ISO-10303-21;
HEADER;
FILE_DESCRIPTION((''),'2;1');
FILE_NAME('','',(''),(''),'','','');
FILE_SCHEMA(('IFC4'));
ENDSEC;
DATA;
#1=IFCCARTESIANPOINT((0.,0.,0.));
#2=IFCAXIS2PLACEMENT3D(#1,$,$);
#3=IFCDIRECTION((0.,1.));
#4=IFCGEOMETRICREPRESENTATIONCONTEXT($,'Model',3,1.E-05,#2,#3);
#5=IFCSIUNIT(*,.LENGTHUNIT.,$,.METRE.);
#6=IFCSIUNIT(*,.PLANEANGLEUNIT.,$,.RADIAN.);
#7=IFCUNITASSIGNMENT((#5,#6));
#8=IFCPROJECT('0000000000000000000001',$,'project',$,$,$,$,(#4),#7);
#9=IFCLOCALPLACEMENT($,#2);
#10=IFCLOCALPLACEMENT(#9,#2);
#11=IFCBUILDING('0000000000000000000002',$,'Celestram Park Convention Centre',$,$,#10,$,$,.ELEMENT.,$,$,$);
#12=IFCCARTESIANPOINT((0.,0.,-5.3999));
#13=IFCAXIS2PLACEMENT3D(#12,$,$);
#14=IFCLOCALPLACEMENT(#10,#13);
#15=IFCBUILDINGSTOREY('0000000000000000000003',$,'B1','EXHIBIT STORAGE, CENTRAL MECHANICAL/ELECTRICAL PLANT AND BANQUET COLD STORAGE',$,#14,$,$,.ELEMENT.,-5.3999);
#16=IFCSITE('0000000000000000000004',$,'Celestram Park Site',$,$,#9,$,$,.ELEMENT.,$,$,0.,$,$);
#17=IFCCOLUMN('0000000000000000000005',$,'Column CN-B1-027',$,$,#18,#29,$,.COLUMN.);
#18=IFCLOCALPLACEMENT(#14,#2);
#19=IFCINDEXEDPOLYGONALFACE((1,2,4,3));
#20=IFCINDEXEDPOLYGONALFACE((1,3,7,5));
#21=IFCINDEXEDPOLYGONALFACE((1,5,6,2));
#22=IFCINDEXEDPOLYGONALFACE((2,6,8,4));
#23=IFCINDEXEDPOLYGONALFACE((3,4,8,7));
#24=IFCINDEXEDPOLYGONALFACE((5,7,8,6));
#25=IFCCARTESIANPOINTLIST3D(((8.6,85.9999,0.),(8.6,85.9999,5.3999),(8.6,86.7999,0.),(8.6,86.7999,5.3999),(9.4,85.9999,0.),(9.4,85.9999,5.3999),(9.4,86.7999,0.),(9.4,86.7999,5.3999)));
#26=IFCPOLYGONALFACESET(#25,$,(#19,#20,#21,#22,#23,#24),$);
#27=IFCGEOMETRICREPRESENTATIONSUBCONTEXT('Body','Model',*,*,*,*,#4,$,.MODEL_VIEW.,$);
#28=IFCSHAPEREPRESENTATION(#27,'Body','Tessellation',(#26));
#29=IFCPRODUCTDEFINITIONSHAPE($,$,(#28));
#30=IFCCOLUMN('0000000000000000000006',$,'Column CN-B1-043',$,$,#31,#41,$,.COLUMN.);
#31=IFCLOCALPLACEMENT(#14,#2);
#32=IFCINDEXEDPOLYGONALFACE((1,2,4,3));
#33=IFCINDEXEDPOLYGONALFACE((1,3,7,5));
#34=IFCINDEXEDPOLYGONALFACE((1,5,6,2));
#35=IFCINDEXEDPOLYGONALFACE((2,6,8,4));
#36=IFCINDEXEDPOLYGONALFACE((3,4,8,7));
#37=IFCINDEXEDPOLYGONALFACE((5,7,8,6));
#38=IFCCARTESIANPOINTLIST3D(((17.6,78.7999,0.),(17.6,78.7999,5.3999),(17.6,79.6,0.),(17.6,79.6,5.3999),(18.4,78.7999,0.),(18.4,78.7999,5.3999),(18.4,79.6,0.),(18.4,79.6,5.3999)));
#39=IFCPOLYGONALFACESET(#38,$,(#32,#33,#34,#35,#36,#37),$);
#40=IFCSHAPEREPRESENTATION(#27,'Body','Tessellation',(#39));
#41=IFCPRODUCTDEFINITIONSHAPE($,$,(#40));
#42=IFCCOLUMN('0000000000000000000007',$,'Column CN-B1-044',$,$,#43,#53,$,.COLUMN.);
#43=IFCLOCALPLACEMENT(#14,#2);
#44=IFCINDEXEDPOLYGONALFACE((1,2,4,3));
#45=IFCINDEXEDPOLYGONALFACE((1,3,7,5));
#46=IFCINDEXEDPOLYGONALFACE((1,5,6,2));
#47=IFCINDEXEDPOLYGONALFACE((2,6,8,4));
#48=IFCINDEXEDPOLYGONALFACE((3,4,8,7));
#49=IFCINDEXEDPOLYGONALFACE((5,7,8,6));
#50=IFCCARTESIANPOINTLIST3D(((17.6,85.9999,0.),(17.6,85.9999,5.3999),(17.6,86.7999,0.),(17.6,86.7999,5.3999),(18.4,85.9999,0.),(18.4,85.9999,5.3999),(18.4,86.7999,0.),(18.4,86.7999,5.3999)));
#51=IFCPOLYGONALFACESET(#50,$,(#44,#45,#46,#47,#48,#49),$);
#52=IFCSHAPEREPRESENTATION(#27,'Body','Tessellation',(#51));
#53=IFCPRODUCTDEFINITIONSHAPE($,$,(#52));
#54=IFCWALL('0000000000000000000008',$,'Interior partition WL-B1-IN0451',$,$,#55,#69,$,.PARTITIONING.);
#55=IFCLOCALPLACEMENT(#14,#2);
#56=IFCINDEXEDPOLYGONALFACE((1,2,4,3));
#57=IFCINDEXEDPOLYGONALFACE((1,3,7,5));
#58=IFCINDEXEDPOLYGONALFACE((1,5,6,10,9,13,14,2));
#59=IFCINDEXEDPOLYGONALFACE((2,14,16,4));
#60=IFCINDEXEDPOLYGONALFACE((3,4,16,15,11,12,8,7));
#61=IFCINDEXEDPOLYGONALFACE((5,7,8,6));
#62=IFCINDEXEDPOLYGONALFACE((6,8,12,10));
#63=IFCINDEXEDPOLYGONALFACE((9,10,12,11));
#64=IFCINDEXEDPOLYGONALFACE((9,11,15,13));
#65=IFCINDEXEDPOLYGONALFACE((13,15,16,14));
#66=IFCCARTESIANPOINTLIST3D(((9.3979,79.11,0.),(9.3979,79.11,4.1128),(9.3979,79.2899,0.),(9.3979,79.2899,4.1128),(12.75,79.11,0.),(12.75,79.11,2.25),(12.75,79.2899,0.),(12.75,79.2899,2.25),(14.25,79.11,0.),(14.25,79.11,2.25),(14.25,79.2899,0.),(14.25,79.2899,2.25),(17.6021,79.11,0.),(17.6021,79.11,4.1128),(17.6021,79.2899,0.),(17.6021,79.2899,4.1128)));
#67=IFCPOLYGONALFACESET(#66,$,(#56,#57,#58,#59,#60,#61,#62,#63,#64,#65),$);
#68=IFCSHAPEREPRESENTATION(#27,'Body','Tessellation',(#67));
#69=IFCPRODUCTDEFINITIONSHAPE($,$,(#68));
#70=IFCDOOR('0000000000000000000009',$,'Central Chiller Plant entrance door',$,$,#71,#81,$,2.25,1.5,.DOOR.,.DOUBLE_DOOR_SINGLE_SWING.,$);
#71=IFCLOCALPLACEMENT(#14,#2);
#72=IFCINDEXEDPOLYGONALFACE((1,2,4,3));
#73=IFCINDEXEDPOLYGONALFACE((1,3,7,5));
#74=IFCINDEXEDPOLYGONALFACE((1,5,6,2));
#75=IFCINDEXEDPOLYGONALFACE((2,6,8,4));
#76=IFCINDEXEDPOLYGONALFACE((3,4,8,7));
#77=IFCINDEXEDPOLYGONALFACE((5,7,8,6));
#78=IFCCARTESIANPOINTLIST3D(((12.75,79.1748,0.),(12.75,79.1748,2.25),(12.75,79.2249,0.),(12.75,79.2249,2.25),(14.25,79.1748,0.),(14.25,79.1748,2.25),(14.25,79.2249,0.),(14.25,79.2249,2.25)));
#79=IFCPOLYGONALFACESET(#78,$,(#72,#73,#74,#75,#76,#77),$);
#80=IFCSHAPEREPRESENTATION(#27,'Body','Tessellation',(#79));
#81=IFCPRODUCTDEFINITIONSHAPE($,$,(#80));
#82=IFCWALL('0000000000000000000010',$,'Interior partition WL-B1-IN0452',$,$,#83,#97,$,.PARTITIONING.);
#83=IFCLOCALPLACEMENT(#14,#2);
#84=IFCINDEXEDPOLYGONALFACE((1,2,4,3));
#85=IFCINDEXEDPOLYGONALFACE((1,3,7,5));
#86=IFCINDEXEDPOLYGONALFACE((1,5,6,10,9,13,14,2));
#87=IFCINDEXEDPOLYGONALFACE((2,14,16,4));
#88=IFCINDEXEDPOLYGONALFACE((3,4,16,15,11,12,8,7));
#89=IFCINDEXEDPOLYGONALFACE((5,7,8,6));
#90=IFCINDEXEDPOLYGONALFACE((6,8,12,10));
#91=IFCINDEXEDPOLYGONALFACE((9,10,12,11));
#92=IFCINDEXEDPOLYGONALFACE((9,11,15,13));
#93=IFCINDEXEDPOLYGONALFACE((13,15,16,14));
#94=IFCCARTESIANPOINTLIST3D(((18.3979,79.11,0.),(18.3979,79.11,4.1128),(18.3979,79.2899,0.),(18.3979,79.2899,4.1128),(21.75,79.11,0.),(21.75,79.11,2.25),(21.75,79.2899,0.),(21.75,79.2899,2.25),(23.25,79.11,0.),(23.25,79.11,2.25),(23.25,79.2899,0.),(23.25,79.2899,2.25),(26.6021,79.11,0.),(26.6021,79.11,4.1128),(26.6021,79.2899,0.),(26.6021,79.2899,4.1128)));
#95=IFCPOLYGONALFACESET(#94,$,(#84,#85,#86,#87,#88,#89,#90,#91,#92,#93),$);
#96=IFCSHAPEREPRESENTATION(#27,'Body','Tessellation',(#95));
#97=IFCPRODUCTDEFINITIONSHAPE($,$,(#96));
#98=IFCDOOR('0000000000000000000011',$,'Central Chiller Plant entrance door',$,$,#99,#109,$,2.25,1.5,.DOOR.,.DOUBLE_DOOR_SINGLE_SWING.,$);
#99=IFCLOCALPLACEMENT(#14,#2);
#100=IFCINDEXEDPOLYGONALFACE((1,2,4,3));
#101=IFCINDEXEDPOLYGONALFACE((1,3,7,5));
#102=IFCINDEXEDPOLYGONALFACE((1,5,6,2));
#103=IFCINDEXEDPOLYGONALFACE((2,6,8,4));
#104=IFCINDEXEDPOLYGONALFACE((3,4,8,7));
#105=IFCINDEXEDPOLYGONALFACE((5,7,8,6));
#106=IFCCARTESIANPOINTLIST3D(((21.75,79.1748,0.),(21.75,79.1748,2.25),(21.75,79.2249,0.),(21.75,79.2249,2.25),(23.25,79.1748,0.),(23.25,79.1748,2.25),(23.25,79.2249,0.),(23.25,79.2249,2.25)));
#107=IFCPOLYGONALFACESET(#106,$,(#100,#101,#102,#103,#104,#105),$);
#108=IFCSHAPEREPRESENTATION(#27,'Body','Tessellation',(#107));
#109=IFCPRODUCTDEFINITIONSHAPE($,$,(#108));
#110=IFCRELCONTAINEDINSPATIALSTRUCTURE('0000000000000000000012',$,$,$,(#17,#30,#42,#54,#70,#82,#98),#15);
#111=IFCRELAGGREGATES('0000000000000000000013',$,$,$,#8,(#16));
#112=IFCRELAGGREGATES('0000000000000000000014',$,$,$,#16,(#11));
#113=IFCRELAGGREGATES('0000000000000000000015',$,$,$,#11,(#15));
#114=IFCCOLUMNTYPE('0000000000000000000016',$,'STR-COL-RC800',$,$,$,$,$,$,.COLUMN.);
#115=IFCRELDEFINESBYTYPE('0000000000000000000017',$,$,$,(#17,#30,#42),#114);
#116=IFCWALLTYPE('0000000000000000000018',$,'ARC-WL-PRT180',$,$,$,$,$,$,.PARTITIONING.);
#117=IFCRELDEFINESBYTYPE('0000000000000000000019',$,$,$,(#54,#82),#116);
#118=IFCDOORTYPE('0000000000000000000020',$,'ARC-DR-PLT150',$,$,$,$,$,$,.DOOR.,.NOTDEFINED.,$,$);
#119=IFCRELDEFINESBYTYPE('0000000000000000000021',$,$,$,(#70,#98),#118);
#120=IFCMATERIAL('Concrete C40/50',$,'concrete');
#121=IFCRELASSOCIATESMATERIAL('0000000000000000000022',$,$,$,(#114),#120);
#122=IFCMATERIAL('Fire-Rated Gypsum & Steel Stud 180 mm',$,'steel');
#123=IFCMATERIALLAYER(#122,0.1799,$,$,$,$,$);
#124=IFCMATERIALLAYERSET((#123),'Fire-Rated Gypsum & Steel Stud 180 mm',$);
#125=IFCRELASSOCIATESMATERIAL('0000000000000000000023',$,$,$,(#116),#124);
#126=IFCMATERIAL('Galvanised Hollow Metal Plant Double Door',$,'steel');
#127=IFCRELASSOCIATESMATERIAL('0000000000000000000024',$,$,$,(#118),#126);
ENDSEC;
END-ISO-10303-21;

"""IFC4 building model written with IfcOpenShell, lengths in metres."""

from ifc_helpers import new_model, si_unit, direction, frame, frame_2d, origin, origin_2d, place, context, subcontext, project, spatial, rectangle, extrude, material, layer, layer_set, material_profile, profile_set, type_object, element, fill, save


model = new_model("IFC4")

# Units and contexts
model_context = context("Model", 3, precision=1e-05, world=origin(), true_north=direction((0.0, 1.0)))
body_context = subcontext(model_context, "Body", "Model", "MODEL_VIEW")
ifc_project = project(units=[si_unit("LENGTHUNIT", "METRE"), si_unit("PLANEANGLEUNIT", "RADIAN")], contexts=[model_context])

# Site, building, storey
site_placement = place(None, origin())
site = spatial("IfcSite", under=ifc_project, at=site_placement, Name="Celestram Park Site", CompositionType="ELEMENT", RefElevation=0.0)
building_placement = place(site_placement, origin())
building = spatial("IfcBuilding", under=site, at=building_placement, Name="Celestram Park Convention Centre", CompositionType="ELEMENT")
storey_placement = place(building_placement, frame((0.0, 0.0, -5.3999)))
storey = spatial("IfcBuildingStorey", under=building, at=storey_placement, Name="B1", Description="EXHIBIT STORAGE, CENTRAL MECHANICAL/ELECTRICAL PLANT AND BANQUET COLD STORAGE", CompositionType="ELEMENT", Elevation=-5.3999)

# Shared definitions
ifc_material_1 = material(Name="Concrete C40/50", Category="concrete")

# Columns
ifc_material_profile_1 = material_profile(ifc_material_1, rectangle(XDim=0.8, YDim=0.8, at=origin_2d()), Name="RC800X800")
ifc_profile_set_1 = profile_set([ifc_material_profile_1], Name="Concrete C40/50")
column_type_1 = type_object("IfcColumnType", Name="STR-COL-RC800", PredefinedType="COLUMN", material=ifc_profile_set_1)
for number, where, z_axis, x_axis, name in (
    (1, (9.0, 86.3999, 0.0), (0.0, 0.0, 1.0), (1.0, 0.0, 0.0), "Column CN-B1-027"),
    (2, (18.0, 79.2, 0.0), (0.0, 0.0, 1.0), (1.0, 0.0, 0.0), "Column CN-B1-043"),
    (3, (18.0, 86.3999, 0.0), (0.0, 0.0, 1.0), (1.0, 0.0, 0.0), "Column CN-B1-044"),
):
    element("IfcColumn", number, at=place(storey_placement, frame(where, z_axis=z_axis, x_axis=x_axis)), inside=storey, type_object=column_type_1, Name=name, PredefinedType="COLUMN", context=body_context, shape_type="SweptSolid", body=[
        extrude(rectangle(XDim=0.8, YDim=0.8, at=origin_2d()), origin(), (0.0, 0.0, 1.0), 5.3999),
    ])

# Walls, openings, doors
ifc_material_2 = material(Name="Fire-Rated Gypsum & Steel Stud 180 mm", Category="steel")
ifc_layer = layer(ifc_material_2, 0.1799)
ifc_layer_set = layer_set([ifc_layer], Name="Fire-Rated Gypsum & Steel Stud 180 mm")
wall_type = type_object("IfcWallType", Name="ARC-WL-PRT180", PredefinedType="PARTITIONING", material=ifc_layer_set)
wall_1_placement = place(storey_placement, frame((9.3979, 79.2, 0.0), z_axis=(0.0, 0.0, 1.0), x_axis=(1.0, 0.0, 0.0)))
wall_1 = element("IfcWall", 4, at=wall_1_placement, inside=storey, type_object=wall_type, Name="Interior partition WL-B1-IN0451", PredefinedType="PARTITIONING", context=body_context, shape_type="SweptSolid", body=[
    extrude(rectangle(XDim=8.2041, YDim=0.1799, at=frame_2d((4.1021, 0.0))), origin(), (0.0, 0.0, 1.0), 4.1128),
])
opening_1_placement = place(wall_1_placement, frame((3.3521, 0.0, 0.0)))
opening_1 = element("IfcOpeningElement", 5, at=opening_1_placement, cuts=wall_1, PredefinedType="OPENING", context=body_context, shape_type="SweptSolid", body=[
    extrude(rectangle(XDim=1.5, YDim=2.25, at=frame_2d((0.75, 1.125))), frame((0.0, 0.0999, 0.0), z_axis=(0.0, -1.0, 0.0), x_axis=(1.0, 0.0, 0.0)), (0.0, 0.0, 1.0), 0.2),
])
ifc_material_3 = material(Name="Galvanised Hollow Metal Plant Double Door", Category="steel")
door_type = type_object("IfcDoorType", Name="ARC-DR-PLT150", OperationType="NOTDEFINED", PredefinedType="DOOR", material=ifc_material_3)
door_1_placement = place(opening_1_placement, origin())
door_1 = element("IfcDoor", 6, at=door_1_placement, inside=storey, type_object=door_type, Name="Central Chiller Plant entrance door", OperationType="DOUBLE_DOOR_SINGLE_SWING", OverallHeight=2.25, OverallWidth=1.5, PredefinedType="DOOR", context=body_context, shape_type="SweptSolid", body=[
    extrude(rectangle(XDim=1.5, YDim=2.25, at=frame_2d((0.75, 1.125))), frame((0.0, 0.0249, 0.0), z_axis=(0.0, -1.0, 0.0), x_axis=(1.0, 0.0, 0.0)), (0.0, 0.0, 1.0), 0.05),
])
fill(opening_1, door_1)
wall_2_placement = place(storey_placement, frame((18.3979, 79.2, 0.0), z_axis=(0.0, 0.0, 1.0), x_axis=(1.0, 0.0, 0.0)))
wall_2 = element("IfcWall", 7, at=wall_2_placement, inside=storey, type_object=wall_type, Name="Interior partition WL-B1-IN0452", PredefinedType="PARTITIONING", context=body_context, shape_type="SweptSolid", body=[
    extrude(rectangle(XDim=8.2041, YDim=0.1799, at=frame_2d((4.1021, 0.0))), origin(), (0.0, 0.0, 1.0), 4.1128),
])
opening_2_placement = place(wall_2_placement, frame((3.3521, 0.0, 0.0)))
opening_2 = element("IfcOpeningElement", 8, at=opening_2_placement, cuts=wall_2, PredefinedType="OPENING", context=body_context, shape_type="SweptSolid", body=[
    extrude(rectangle(XDim=1.5, YDim=2.25, at=frame_2d((0.75, 1.125))), frame((0.0, 0.0999, 0.0), z_axis=(0.0, -1.0, 0.0), x_axis=(1.0, 0.0, 0.0)), (0.0, 0.0, 1.0), 0.2),
])
door_2_placement = place(opening_2_placement, origin())
door_2 = element("IfcDoor", 9, at=door_2_placement, inside=storey, type_object=door_type, Name="Central Chiller Plant entrance door", OperationType="DOUBLE_DOOR_SINGLE_SWING", OverallHeight=2.25, OverallWidth=1.5, PredefinedType="DOOR", context=body_context, shape_type="SweptSolid", body=[
    extrude(rectangle(XDim=1.5, YDim=2.25, at=frame_2d((0.75, 1.125))), frame((0.0, 0.0249, 0.0), z_axis=(0.0, -1.0, 0.0), x_axis=(1.0, 0.0, 0.0)), (0.0, 0.0, 1.0), 0.05),
])
fill(opening_2, door_2)

save(model, "model.ifc")
